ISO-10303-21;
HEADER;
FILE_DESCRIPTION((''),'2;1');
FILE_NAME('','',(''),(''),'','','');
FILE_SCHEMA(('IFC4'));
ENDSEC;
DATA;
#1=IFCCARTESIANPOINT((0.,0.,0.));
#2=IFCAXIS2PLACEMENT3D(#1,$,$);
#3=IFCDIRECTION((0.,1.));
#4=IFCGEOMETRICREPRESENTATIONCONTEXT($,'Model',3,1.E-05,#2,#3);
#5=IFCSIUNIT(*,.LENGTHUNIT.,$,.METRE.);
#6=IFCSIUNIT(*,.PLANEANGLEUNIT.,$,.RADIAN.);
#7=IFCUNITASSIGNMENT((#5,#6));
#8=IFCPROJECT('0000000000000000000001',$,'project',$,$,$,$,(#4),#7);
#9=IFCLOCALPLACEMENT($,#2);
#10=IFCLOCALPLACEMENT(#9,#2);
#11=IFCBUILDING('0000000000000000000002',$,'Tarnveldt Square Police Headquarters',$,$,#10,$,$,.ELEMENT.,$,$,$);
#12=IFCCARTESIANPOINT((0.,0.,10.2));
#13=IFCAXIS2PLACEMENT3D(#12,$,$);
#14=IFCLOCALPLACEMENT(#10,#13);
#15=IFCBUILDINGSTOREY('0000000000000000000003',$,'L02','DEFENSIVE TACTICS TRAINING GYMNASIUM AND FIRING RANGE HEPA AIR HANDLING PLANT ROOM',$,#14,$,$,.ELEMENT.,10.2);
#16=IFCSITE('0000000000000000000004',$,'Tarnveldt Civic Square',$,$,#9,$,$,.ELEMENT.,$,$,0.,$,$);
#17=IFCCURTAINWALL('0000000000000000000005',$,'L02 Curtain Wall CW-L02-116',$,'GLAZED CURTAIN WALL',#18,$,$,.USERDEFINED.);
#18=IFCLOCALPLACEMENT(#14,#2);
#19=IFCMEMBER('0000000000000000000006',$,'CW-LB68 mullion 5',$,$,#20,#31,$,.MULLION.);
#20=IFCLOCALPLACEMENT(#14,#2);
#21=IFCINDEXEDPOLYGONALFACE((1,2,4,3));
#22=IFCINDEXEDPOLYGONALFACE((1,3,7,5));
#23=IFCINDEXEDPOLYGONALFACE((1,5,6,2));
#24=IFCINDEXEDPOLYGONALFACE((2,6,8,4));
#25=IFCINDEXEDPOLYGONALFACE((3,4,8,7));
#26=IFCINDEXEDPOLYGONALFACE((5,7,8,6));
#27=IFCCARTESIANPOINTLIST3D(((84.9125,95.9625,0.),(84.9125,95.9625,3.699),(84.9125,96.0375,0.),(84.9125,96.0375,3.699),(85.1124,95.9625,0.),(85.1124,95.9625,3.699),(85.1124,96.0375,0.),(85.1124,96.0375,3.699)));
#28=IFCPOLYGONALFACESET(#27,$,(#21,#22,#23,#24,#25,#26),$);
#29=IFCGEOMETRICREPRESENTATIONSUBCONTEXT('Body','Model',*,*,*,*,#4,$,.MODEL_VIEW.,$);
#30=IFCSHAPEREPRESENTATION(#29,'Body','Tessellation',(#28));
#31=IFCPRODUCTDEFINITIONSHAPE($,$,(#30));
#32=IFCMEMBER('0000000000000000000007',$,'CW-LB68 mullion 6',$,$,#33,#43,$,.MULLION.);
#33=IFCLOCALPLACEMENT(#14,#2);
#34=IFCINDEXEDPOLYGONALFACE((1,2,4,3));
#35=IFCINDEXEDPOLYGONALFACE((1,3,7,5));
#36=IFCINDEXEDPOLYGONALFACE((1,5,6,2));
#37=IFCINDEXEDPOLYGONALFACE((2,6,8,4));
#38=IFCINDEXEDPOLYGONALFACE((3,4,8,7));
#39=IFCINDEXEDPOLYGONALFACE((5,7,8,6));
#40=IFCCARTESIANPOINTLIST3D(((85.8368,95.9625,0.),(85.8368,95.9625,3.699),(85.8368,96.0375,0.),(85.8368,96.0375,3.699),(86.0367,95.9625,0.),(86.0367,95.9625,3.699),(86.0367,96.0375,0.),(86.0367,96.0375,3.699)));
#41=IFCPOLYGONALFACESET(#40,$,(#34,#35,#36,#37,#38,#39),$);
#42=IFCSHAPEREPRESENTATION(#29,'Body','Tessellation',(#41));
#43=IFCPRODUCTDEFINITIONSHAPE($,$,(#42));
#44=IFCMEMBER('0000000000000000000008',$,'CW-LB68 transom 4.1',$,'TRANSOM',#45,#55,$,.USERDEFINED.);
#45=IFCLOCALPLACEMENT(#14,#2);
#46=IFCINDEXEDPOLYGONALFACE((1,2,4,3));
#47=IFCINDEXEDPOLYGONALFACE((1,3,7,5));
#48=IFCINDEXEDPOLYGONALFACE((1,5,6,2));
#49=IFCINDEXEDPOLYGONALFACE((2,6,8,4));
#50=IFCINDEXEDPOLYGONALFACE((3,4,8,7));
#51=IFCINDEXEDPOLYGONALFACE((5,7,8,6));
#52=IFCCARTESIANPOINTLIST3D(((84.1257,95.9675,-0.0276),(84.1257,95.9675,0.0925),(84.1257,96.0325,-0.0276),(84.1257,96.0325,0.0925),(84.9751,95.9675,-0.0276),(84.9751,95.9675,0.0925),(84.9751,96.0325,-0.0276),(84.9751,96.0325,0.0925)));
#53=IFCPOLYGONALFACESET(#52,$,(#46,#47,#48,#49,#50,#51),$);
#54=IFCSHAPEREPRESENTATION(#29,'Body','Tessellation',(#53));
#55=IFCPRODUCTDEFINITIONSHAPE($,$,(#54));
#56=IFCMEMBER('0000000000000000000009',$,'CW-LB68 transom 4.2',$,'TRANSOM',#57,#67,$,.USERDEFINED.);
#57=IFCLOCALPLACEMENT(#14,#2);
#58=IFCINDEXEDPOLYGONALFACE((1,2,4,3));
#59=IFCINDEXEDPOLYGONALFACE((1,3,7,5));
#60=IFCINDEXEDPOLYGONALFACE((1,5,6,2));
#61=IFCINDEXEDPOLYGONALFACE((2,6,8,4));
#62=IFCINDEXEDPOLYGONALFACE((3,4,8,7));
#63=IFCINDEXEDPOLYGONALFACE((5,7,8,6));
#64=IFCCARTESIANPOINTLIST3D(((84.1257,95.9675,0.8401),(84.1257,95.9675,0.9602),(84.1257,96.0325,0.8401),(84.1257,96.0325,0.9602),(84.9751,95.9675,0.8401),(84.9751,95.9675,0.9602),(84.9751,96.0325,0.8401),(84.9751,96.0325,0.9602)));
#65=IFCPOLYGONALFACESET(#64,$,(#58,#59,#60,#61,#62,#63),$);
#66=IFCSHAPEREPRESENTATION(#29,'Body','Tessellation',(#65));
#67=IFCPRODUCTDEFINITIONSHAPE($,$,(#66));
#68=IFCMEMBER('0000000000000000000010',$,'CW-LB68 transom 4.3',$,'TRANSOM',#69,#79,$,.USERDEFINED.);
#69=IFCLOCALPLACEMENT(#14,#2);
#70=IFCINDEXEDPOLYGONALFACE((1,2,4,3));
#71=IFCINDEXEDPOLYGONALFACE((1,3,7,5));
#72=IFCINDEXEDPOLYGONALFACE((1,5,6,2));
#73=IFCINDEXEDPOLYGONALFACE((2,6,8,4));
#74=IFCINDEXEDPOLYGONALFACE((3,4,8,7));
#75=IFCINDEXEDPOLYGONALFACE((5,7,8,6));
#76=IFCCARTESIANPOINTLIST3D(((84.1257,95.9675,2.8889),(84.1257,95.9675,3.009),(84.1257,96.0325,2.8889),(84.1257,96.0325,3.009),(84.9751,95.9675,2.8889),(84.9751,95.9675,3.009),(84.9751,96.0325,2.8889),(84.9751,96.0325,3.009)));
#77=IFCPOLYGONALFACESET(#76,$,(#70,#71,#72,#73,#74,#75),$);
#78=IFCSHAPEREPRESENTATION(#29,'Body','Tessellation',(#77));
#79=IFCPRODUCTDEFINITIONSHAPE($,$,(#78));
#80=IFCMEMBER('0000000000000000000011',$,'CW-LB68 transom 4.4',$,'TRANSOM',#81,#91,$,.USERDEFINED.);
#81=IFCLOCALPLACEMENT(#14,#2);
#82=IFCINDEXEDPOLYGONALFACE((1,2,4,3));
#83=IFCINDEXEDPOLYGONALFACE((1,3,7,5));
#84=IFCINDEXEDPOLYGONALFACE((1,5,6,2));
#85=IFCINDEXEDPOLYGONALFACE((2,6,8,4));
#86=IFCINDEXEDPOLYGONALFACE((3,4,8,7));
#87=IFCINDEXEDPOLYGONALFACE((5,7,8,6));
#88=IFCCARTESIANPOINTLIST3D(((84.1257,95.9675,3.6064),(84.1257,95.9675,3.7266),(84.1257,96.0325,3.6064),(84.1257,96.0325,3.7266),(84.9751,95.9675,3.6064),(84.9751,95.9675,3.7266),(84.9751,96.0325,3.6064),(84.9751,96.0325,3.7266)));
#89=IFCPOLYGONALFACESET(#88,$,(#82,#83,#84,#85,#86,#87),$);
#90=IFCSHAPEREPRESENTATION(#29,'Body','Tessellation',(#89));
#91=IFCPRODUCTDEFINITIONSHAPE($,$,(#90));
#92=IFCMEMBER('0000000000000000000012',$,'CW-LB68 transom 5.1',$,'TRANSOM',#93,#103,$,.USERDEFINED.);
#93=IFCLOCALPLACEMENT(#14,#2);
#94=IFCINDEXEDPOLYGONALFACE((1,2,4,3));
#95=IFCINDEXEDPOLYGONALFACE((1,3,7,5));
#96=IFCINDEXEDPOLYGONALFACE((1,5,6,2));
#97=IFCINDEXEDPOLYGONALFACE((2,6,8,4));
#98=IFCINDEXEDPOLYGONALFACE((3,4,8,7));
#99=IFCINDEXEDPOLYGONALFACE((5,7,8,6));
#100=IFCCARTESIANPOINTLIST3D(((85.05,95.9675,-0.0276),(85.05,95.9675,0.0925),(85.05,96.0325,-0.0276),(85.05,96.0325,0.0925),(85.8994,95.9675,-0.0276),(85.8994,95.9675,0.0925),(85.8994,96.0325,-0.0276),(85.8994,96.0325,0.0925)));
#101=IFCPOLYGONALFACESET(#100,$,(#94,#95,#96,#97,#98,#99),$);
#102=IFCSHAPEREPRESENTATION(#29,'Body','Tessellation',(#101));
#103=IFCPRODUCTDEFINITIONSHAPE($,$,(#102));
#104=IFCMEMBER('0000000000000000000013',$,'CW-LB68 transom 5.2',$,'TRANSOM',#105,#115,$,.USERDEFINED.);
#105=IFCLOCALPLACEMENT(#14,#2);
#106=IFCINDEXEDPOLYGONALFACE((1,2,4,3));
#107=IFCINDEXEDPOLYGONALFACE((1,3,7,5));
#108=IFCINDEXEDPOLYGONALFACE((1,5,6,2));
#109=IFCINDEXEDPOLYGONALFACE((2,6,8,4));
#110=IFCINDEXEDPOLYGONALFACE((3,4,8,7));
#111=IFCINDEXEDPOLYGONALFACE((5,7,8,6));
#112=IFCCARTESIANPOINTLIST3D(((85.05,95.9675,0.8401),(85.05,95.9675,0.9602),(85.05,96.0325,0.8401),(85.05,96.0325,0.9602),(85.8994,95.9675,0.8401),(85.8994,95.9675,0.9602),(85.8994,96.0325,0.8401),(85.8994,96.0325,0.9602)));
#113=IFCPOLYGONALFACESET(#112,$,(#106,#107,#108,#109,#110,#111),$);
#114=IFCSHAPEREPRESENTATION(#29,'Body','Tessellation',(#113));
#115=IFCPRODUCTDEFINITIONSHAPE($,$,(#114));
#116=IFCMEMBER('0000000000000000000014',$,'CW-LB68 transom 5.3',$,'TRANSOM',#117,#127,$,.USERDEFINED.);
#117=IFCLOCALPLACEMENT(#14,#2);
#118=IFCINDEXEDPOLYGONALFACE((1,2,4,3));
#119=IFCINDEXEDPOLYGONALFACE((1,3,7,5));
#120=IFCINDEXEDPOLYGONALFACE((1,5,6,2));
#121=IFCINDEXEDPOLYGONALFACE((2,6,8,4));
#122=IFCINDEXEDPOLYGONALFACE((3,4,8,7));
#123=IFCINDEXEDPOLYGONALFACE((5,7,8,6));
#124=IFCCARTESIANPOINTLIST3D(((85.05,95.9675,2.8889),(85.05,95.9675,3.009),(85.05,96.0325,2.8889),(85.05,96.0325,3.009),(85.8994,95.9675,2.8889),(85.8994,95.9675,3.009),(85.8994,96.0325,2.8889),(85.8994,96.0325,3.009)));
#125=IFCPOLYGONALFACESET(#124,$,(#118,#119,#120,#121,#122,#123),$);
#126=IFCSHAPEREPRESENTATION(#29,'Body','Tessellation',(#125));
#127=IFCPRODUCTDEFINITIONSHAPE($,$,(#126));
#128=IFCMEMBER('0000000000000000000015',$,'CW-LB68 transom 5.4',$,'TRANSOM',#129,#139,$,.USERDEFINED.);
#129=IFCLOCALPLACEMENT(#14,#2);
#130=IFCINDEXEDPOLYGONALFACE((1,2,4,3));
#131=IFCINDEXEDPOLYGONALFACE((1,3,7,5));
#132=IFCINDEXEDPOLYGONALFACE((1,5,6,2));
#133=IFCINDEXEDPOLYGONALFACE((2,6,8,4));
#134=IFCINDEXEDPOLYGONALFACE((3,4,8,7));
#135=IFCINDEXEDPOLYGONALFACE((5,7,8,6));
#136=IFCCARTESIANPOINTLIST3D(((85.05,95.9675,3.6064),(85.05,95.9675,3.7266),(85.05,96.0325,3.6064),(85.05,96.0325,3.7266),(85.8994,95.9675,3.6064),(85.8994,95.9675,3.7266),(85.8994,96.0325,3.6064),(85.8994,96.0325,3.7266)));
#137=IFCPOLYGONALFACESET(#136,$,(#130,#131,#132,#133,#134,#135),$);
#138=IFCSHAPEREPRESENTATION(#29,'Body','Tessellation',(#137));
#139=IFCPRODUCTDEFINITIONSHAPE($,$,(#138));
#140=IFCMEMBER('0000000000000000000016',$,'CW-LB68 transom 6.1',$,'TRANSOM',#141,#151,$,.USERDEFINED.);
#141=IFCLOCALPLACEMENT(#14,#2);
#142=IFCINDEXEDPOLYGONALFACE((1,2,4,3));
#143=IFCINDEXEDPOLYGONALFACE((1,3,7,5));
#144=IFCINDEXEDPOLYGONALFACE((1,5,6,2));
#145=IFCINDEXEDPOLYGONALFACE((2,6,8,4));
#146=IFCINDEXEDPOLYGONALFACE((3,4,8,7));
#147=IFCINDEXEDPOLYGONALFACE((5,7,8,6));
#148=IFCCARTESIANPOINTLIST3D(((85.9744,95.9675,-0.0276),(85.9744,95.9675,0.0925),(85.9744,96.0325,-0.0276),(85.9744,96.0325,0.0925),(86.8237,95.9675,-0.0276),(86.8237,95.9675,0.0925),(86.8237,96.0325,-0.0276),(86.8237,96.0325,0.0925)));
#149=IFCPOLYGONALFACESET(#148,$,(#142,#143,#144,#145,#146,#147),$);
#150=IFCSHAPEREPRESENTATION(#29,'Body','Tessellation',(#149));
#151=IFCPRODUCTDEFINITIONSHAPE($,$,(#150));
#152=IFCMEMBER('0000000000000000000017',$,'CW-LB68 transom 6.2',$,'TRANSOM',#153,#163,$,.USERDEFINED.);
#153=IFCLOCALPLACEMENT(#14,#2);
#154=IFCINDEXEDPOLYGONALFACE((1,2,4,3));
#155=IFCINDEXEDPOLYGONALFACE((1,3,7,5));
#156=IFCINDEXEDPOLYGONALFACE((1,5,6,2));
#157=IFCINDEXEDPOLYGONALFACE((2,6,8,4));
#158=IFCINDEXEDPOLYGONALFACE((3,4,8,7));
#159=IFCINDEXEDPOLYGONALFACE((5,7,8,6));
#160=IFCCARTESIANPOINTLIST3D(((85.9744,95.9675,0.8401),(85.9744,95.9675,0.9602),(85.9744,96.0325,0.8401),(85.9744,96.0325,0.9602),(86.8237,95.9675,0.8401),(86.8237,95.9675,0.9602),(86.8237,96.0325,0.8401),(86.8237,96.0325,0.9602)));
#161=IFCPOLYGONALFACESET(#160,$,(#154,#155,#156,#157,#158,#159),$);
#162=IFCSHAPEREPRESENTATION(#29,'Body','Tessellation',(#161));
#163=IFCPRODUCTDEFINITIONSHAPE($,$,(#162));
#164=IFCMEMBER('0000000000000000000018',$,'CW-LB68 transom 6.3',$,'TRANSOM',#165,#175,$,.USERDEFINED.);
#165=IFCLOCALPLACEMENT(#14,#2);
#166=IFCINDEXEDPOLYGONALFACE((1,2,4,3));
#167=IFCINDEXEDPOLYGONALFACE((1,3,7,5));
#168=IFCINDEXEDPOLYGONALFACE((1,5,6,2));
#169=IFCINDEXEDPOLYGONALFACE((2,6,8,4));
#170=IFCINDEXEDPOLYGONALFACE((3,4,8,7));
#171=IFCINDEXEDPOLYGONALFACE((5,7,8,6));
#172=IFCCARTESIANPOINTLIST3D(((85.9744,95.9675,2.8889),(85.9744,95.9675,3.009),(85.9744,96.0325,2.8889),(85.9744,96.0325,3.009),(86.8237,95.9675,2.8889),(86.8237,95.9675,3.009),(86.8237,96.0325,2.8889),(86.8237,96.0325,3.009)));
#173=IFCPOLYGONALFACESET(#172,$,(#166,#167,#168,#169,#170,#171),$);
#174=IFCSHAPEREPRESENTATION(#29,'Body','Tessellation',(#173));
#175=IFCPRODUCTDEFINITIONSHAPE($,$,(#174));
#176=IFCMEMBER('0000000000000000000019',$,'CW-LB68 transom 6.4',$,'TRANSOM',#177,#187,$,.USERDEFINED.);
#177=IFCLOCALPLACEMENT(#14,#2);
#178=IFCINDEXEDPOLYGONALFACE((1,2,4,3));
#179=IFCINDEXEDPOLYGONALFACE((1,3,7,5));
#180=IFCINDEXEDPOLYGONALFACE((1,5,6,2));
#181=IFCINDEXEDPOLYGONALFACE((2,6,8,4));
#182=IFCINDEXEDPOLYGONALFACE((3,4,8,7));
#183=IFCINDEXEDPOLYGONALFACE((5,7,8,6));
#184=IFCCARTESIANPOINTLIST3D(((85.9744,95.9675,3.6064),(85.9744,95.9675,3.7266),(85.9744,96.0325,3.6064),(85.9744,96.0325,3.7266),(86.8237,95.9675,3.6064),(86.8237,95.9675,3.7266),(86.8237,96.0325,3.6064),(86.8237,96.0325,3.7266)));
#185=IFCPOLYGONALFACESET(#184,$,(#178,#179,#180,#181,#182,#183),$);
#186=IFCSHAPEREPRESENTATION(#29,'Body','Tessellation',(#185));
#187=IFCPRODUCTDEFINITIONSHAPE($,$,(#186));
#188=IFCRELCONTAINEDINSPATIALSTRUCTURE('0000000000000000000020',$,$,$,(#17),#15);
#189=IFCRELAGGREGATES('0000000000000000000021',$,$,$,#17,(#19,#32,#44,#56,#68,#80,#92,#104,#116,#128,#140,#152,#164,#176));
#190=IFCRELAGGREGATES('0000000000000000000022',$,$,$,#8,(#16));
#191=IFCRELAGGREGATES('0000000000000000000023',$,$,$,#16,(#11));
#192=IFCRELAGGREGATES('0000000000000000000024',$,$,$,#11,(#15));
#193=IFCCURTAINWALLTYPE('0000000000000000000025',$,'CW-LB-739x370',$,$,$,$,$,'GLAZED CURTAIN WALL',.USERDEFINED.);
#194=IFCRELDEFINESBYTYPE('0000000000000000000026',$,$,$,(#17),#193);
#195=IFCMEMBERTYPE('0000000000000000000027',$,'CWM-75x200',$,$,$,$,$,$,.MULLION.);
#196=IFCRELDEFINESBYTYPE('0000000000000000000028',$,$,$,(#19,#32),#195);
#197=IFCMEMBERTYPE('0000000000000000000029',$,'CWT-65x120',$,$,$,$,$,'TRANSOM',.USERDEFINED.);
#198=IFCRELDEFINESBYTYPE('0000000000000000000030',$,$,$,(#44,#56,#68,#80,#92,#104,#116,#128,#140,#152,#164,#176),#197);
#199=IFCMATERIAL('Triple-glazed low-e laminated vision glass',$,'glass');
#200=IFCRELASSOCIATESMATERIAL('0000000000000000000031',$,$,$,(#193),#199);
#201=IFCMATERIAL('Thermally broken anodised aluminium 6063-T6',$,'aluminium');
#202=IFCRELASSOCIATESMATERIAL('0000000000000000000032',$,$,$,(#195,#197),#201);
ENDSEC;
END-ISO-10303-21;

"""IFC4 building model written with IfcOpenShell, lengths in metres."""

from ifc_helpers import new_model, si_unit, direction, frame, origin, origin_2d, place, context, subcontext, project, spatial, rectangle, extrude, material, material_profile, profile_set, type_object, element, aggregate, save


model = new_model("IFC4")

# Units and contexts
model_context = context("Model", 3, precision=1e-05, world=origin(), true_north=direction((0.0, 1.0)))
body_context = subcontext(model_context, "Body", "Model", "MODEL_VIEW")
ifc_project = project(units=[si_unit("LENGTHUNIT", "METRE"), si_unit("PLANEANGLEUNIT", "RADIAN")], contexts=[model_context])

# Site, building, storey
site_placement = place(None, origin())
site = spatial("IfcSite", under=ifc_project, at=site_placement, Name="Tarnveldt Civic Square", CompositionType="ELEMENT", RefElevation=0.0)
building_placement = place(site_placement, origin())
building = spatial("IfcBuilding", under=site, at=building_placement, Name="Tarnveldt Square Police Headquarters", CompositionType="ELEMENT")
storey_placement = place(building_placement, frame((0.0, 0.0, 10.2)))
storey = spatial("IfcBuildingStorey", under=building, at=storey_placement, Name="L02", Description="DEFENSIVE TACTICS TRAINING GYMNASIUM AND FIRING RANGE HEPA AIR HANDLING PLANT ROOM", CompositionType="ELEMENT", Elevation=10.2)

# Curtain wall, members
ifc_material_1 = material(Name="Triple-glazed low-e laminated vision glass", Category="glass")
curtain_wall_type = type_object("IfcCurtainWallType", Name="CW-LB-739x370", ElementType="GLAZED CURTAIN WALL", PredefinedType="USERDEFINED", material=ifc_material_1)
curtain_wall_placement = place(storey_placement, origin())
curtain_wall = element("IfcCurtainWall", 1, at=curtain_wall_placement, inside=storey, type_object=curtain_wall_type, Name="L02 Curtain Wall CW-L02-116", ObjectType="GLAZED CURTAIN WALL", PredefinedType="USERDEFINED")
ifc_material_2 = material(Name="Thermally broken anodised aluminium 6063-T6", Category="aluminium")
ifc_material_profile_1 = material_profile(ifc_material_2, rectangle(XDim=0.075, YDim=0.2, at=origin_2d()), Name="CW-M75x200")
ifc_profile_set_1 = profile_set([ifc_material_profile_1], Name="Thermally broken anodised aluminium 6063-T6")
member_type_1 = type_object("IfcMemberType", Name="CWM-75x200", PredefinedType="MULLION", material=ifc_profile_set_1)
member_1_placement = place(storey_placement, frame((85.0125, 96.0, 0.0), z_axis=(0.0, 0.0, 1.0), x_axis=(0.0, 1.0, 0.0)))
member_1 = element("IfcMember", 2, at=member_1_placement, type_object=member_type_1, Name="CW-LB68 mullion 5", PredefinedType="MULLION", context=body_context, shape_type="SweptSolid", body=[
    extrude(rectangle(XDim=0.075, YDim=0.2, at=origin_2d()), origin(), (0.0, 0.0, 1.0), 3.699),
])
member_2_placement = place(storey_placement, frame((85.9368, 96.0, 0.0), z_axis=(0.0, 0.0, 1.0), x_axis=(0.0, 1.0, 0.0)))
member_2 = element("IfcMember", 3, at=member_2_placement, type_object=member_type_1, Name="CW-LB68 mullion 6", PredefinedType="MULLION", context=body_context, shape_type="SweptSolid", body=[
    extrude(rectangle(XDim=0.075, YDim=0.2, at=origin_2d()), origin(), (0.0, 0.0, 1.0), 3.699),
])
ifc_material_profile_2 = material_profile(ifc_material_2, rectangle(XDim=0.0649, YDim=0.1201, at=origin_2d()), Name="CW-T65x120")
ifc_profile_set_2 = profile_set([ifc_material_profile_2], Name="Thermally broken anodised aluminium 6063-T6")
member_type_2 = type_object("IfcMemberType", Name="CWT-65x120", ElementType="TRANSOM", PredefinedType="USERDEFINED", material=ifc_profile_set_2)
member_3_placement = place(storey_placement, frame((84.1257, 96.0, 0.0325), z_axis=(1.0, 0.0, 0.0), x_axis=(0.0, 1.0, 0.0)))
member_3 = element("IfcMember", 4, at=member_3_placement, type_object=member_type_2, Name="CW-LB68 transom 4.1", ObjectType="TRANSOM", PredefinedType="USERDEFINED", context=body_context, shape_type="SweptSolid", body=[
    extrude(rectangle(XDim=0.0649, YDim=0.1201, at=origin_2d()), origin(), (0.0, 0.0, 1.0), 0.8494),
])
member_4_placement = place(storey_placement, frame((84.1257, 96.0, 0.9001), z_axis=(1.0, 0.0, 0.0), x_axis=(0.0, 1.0, 0.0)))
member_4 = element("IfcMember", 5, at=member_4_placement, type_object=member_type_2, Name="CW-LB68 transom 4.2", ObjectType="TRANSOM", PredefinedType="USERDEFINED", context=body_context, shape_type="SweptSolid", body=[
    extrude(rectangle(XDim=0.0649, YDim=0.1201, at=origin_2d()), origin(), (0.0, 0.0, 1.0), 0.8494),
])
member_5_placement = place(storey_placement, frame((84.1257, 96.0, 2.949), z_axis=(1.0, 0.0, 0.0), x_axis=(0.0, 1.0, 0.0)))
member_5 = element("IfcMember", 6, at=member_5_placement, type_object=member_type_2, Name="CW-LB68 transom 4.3", ObjectType="TRANSOM", PredefinedType="USERDEFINED", context=body_context, shape_type="SweptSolid", body=[
    extrude(rectangle(XDim=0.0649, YDim=0.1201, at=origin_2d()), origin(), (0.0, 0.0, 1.0), 0.8494),
])
member_6_placement = place(storey_placement, frame((84.1257, 96.0, 3.6665), z_axis=(1.0, 0.0, 0.0), x_axis=(0.0, 1.0, 0.0)))
member_6 = element("IfcMember", 7, at=member_6_placement, type_object=member_type_2, Name="CW-LB68 transom 4.4", ObjectType="TRANSOM", PredefinedType="USERDEFINED", context=body_context, shape_type="SweptSolid", body=[
    extrude(rectangle(XDim=0.0649, YDim=0.1201, at=origin_2d()), origin(), (0.0, 0.0, 1.0), 0.8494),
])
member_7_placement = place(storey_placement, frame((85.05, 96.0, 0.0325), z_axis=(1.0, 0.0, 0.0), x_axis=(0.0, 1.0, 0.0)))
member_7 = element("IfcMember", 8, at=member_7_placement, type_object=member_type_2, Name="CW-LB68 transom 5.1", ObjectType="TRANSOM", PredefinedType="USERDEFINED", context=body_context, shape_type="SweptSolid", body=[
    extrude(rectangle(XDim=0.0649, YDim=0.1201, at=origin_2d()), origin(), (0.0, 0.0, 1.0), 0.8494),
])
member_8_placement = place(storey_placement, frame((85.05, 96.0, 0.9001), z_axis=(1.0, 0.0, 0.0), x_axis=(0.0, 1.0, 0.0)))
member_8 = element("IfcMember", 9, at=member_8_placement, type_object=member_type_2, Name="CW-LB68 transom 5.2", ObjectType="TRANSOM", PredefinedType="USERDEFINED", context=body_context, shape_type="SweptSolid", body=[
    extrude(rectangle(XDim=0.0649, YDim=0.1201, at=origin_2d()), origin(), (0.0, 0.0, 1.0), 0.8494),
])
member_9_placement = place(storey_placement, frame((85.05, 96.0, 2.949), z_axis=(1.0, 0.0, 0.0), x_axis=(0.0, 1.0, 0.0)))
member_9 = element("IfcMember", 10, at=member_9_placement, type_object=member_type_2, Name="CW-LB68 transom 5.3", ObjectType="TRANSOM", PredefinedType="USERDEFINED", context=body_context, shape_type="SweptSolid", body=[
    extrude(rectangle(XDim=0.0649, YDim=0.1201, at=origin_2d()), origin(), (0.0, 0.0, 1.0), 0.8494),
])
member_10_placement = place(storey_placement, frame((85.05, 96.0, 3.6665), z_axis=(1.0, 0.0, 0.0), x_axis=(0.0, 1.0, 0.0)))
member_10 = element("IfcMember", 11, at=member_10_placement, type_object=member_type_2, Name="CW-LB68 transom 5.4", ObjectType="TRANSOM", PredefinedType="USERDEFINED", context=body_context, shape_type="SweptSolid", body=[
    extrude(rectangle(XDim=0.0649, YDim=0.1201, at=origin_2d()), origin(), (0.0, 0.0, 1.0), 0.8494),
])
member_11_placement = place(storey_placement, frame((85.9744, 96.0, 0.0325), z_axis=(1.0, 0.0, 0.0), x_axis=(0.0, 1.0, 0.0)))
member_11 = element("IfcMember", 12, at=member_11_placement, type_object=member_type_2, Name="CW-LB68 transom 6.1", ObjectType="TRANSOM", PredefinedType="USERDEFINED", context=body_context, shape_type="SweptSolid", body=[
    extrude(rectangle(XDim=0.0649, YDim=0.1201, at=origin_2d()), origin(), (0.0, 0.0, 1.0), 0.8494),
])
member_12_placement = place(storey_placement, frame((85.9744, 96.0, 0.9001), z_axis=(1.0, 0.0, 0.0), x_axis=(0.0, 1.0, 0.0)))
member_12 = element("IfcMember", 13, at=member_12_placement, type_object=member_type_2, Name="CW-LB68 transom 6.2", ObjectType="TRANSOM", PredefinedType="USERDEFINED", context=body_context, shape_type="SweptSolid", body=[
    extrude(rectangle(XDim=0.0649, YDim=0.1201, at=origin_2d()), origin(), (0.0, 0.0, 1.0), 0.8494),
])
member_13_placement = place(storey_placement, frame((85.9744, 96.0, 2.949), z_axis=(1.0, 0.0, 0.0), x_axis=(0.0, 1.0, 0.0)))
member_13 = element("IfcMember", 14, at=member_13_placement, type_object=member_type_2, Name="CW-LB68 transom 6.3", ObjectType="TRANSOM", PredefinedType="USERDEFINED", context=body_context, shape_type="SweptSolid", body=[
    extrude(rectangle(XDim=0.0649, YDim=0.1201, at=origin_2d()), origin(), (0.0, 0.0, 1.0), 0.8494),
])
member_14_placement = place(storey_placement, frame((85.9744, 96.0, 3.6665), z_axis=(1.0, 0.0, 0.0), x_axis=(0.0, 1.0, 0.0)))
member_14 = element("IfcMember", 15, at=member_14_placement, type_object=member_type_2, Name="CW-LB68 transom 6.4", ObjectType="TRANSOM", PredefinedType="USERDEFINED", context=body_context, shape_type="SweptSolid", body=[
    extrude(rectangle(XDim=0.0649, YDim=0.1201, at=origin_2d()), origin(), (0.0, 0.0, 1.0), 0.8494),
])
aggregate(curtain_wall, [member_1, member_2, member_3, member_4, member_5, member_6, member_7, member_8, member_9, member_10, member_11, member_12, member_13, member_14])

save(model, "model.ifc")
